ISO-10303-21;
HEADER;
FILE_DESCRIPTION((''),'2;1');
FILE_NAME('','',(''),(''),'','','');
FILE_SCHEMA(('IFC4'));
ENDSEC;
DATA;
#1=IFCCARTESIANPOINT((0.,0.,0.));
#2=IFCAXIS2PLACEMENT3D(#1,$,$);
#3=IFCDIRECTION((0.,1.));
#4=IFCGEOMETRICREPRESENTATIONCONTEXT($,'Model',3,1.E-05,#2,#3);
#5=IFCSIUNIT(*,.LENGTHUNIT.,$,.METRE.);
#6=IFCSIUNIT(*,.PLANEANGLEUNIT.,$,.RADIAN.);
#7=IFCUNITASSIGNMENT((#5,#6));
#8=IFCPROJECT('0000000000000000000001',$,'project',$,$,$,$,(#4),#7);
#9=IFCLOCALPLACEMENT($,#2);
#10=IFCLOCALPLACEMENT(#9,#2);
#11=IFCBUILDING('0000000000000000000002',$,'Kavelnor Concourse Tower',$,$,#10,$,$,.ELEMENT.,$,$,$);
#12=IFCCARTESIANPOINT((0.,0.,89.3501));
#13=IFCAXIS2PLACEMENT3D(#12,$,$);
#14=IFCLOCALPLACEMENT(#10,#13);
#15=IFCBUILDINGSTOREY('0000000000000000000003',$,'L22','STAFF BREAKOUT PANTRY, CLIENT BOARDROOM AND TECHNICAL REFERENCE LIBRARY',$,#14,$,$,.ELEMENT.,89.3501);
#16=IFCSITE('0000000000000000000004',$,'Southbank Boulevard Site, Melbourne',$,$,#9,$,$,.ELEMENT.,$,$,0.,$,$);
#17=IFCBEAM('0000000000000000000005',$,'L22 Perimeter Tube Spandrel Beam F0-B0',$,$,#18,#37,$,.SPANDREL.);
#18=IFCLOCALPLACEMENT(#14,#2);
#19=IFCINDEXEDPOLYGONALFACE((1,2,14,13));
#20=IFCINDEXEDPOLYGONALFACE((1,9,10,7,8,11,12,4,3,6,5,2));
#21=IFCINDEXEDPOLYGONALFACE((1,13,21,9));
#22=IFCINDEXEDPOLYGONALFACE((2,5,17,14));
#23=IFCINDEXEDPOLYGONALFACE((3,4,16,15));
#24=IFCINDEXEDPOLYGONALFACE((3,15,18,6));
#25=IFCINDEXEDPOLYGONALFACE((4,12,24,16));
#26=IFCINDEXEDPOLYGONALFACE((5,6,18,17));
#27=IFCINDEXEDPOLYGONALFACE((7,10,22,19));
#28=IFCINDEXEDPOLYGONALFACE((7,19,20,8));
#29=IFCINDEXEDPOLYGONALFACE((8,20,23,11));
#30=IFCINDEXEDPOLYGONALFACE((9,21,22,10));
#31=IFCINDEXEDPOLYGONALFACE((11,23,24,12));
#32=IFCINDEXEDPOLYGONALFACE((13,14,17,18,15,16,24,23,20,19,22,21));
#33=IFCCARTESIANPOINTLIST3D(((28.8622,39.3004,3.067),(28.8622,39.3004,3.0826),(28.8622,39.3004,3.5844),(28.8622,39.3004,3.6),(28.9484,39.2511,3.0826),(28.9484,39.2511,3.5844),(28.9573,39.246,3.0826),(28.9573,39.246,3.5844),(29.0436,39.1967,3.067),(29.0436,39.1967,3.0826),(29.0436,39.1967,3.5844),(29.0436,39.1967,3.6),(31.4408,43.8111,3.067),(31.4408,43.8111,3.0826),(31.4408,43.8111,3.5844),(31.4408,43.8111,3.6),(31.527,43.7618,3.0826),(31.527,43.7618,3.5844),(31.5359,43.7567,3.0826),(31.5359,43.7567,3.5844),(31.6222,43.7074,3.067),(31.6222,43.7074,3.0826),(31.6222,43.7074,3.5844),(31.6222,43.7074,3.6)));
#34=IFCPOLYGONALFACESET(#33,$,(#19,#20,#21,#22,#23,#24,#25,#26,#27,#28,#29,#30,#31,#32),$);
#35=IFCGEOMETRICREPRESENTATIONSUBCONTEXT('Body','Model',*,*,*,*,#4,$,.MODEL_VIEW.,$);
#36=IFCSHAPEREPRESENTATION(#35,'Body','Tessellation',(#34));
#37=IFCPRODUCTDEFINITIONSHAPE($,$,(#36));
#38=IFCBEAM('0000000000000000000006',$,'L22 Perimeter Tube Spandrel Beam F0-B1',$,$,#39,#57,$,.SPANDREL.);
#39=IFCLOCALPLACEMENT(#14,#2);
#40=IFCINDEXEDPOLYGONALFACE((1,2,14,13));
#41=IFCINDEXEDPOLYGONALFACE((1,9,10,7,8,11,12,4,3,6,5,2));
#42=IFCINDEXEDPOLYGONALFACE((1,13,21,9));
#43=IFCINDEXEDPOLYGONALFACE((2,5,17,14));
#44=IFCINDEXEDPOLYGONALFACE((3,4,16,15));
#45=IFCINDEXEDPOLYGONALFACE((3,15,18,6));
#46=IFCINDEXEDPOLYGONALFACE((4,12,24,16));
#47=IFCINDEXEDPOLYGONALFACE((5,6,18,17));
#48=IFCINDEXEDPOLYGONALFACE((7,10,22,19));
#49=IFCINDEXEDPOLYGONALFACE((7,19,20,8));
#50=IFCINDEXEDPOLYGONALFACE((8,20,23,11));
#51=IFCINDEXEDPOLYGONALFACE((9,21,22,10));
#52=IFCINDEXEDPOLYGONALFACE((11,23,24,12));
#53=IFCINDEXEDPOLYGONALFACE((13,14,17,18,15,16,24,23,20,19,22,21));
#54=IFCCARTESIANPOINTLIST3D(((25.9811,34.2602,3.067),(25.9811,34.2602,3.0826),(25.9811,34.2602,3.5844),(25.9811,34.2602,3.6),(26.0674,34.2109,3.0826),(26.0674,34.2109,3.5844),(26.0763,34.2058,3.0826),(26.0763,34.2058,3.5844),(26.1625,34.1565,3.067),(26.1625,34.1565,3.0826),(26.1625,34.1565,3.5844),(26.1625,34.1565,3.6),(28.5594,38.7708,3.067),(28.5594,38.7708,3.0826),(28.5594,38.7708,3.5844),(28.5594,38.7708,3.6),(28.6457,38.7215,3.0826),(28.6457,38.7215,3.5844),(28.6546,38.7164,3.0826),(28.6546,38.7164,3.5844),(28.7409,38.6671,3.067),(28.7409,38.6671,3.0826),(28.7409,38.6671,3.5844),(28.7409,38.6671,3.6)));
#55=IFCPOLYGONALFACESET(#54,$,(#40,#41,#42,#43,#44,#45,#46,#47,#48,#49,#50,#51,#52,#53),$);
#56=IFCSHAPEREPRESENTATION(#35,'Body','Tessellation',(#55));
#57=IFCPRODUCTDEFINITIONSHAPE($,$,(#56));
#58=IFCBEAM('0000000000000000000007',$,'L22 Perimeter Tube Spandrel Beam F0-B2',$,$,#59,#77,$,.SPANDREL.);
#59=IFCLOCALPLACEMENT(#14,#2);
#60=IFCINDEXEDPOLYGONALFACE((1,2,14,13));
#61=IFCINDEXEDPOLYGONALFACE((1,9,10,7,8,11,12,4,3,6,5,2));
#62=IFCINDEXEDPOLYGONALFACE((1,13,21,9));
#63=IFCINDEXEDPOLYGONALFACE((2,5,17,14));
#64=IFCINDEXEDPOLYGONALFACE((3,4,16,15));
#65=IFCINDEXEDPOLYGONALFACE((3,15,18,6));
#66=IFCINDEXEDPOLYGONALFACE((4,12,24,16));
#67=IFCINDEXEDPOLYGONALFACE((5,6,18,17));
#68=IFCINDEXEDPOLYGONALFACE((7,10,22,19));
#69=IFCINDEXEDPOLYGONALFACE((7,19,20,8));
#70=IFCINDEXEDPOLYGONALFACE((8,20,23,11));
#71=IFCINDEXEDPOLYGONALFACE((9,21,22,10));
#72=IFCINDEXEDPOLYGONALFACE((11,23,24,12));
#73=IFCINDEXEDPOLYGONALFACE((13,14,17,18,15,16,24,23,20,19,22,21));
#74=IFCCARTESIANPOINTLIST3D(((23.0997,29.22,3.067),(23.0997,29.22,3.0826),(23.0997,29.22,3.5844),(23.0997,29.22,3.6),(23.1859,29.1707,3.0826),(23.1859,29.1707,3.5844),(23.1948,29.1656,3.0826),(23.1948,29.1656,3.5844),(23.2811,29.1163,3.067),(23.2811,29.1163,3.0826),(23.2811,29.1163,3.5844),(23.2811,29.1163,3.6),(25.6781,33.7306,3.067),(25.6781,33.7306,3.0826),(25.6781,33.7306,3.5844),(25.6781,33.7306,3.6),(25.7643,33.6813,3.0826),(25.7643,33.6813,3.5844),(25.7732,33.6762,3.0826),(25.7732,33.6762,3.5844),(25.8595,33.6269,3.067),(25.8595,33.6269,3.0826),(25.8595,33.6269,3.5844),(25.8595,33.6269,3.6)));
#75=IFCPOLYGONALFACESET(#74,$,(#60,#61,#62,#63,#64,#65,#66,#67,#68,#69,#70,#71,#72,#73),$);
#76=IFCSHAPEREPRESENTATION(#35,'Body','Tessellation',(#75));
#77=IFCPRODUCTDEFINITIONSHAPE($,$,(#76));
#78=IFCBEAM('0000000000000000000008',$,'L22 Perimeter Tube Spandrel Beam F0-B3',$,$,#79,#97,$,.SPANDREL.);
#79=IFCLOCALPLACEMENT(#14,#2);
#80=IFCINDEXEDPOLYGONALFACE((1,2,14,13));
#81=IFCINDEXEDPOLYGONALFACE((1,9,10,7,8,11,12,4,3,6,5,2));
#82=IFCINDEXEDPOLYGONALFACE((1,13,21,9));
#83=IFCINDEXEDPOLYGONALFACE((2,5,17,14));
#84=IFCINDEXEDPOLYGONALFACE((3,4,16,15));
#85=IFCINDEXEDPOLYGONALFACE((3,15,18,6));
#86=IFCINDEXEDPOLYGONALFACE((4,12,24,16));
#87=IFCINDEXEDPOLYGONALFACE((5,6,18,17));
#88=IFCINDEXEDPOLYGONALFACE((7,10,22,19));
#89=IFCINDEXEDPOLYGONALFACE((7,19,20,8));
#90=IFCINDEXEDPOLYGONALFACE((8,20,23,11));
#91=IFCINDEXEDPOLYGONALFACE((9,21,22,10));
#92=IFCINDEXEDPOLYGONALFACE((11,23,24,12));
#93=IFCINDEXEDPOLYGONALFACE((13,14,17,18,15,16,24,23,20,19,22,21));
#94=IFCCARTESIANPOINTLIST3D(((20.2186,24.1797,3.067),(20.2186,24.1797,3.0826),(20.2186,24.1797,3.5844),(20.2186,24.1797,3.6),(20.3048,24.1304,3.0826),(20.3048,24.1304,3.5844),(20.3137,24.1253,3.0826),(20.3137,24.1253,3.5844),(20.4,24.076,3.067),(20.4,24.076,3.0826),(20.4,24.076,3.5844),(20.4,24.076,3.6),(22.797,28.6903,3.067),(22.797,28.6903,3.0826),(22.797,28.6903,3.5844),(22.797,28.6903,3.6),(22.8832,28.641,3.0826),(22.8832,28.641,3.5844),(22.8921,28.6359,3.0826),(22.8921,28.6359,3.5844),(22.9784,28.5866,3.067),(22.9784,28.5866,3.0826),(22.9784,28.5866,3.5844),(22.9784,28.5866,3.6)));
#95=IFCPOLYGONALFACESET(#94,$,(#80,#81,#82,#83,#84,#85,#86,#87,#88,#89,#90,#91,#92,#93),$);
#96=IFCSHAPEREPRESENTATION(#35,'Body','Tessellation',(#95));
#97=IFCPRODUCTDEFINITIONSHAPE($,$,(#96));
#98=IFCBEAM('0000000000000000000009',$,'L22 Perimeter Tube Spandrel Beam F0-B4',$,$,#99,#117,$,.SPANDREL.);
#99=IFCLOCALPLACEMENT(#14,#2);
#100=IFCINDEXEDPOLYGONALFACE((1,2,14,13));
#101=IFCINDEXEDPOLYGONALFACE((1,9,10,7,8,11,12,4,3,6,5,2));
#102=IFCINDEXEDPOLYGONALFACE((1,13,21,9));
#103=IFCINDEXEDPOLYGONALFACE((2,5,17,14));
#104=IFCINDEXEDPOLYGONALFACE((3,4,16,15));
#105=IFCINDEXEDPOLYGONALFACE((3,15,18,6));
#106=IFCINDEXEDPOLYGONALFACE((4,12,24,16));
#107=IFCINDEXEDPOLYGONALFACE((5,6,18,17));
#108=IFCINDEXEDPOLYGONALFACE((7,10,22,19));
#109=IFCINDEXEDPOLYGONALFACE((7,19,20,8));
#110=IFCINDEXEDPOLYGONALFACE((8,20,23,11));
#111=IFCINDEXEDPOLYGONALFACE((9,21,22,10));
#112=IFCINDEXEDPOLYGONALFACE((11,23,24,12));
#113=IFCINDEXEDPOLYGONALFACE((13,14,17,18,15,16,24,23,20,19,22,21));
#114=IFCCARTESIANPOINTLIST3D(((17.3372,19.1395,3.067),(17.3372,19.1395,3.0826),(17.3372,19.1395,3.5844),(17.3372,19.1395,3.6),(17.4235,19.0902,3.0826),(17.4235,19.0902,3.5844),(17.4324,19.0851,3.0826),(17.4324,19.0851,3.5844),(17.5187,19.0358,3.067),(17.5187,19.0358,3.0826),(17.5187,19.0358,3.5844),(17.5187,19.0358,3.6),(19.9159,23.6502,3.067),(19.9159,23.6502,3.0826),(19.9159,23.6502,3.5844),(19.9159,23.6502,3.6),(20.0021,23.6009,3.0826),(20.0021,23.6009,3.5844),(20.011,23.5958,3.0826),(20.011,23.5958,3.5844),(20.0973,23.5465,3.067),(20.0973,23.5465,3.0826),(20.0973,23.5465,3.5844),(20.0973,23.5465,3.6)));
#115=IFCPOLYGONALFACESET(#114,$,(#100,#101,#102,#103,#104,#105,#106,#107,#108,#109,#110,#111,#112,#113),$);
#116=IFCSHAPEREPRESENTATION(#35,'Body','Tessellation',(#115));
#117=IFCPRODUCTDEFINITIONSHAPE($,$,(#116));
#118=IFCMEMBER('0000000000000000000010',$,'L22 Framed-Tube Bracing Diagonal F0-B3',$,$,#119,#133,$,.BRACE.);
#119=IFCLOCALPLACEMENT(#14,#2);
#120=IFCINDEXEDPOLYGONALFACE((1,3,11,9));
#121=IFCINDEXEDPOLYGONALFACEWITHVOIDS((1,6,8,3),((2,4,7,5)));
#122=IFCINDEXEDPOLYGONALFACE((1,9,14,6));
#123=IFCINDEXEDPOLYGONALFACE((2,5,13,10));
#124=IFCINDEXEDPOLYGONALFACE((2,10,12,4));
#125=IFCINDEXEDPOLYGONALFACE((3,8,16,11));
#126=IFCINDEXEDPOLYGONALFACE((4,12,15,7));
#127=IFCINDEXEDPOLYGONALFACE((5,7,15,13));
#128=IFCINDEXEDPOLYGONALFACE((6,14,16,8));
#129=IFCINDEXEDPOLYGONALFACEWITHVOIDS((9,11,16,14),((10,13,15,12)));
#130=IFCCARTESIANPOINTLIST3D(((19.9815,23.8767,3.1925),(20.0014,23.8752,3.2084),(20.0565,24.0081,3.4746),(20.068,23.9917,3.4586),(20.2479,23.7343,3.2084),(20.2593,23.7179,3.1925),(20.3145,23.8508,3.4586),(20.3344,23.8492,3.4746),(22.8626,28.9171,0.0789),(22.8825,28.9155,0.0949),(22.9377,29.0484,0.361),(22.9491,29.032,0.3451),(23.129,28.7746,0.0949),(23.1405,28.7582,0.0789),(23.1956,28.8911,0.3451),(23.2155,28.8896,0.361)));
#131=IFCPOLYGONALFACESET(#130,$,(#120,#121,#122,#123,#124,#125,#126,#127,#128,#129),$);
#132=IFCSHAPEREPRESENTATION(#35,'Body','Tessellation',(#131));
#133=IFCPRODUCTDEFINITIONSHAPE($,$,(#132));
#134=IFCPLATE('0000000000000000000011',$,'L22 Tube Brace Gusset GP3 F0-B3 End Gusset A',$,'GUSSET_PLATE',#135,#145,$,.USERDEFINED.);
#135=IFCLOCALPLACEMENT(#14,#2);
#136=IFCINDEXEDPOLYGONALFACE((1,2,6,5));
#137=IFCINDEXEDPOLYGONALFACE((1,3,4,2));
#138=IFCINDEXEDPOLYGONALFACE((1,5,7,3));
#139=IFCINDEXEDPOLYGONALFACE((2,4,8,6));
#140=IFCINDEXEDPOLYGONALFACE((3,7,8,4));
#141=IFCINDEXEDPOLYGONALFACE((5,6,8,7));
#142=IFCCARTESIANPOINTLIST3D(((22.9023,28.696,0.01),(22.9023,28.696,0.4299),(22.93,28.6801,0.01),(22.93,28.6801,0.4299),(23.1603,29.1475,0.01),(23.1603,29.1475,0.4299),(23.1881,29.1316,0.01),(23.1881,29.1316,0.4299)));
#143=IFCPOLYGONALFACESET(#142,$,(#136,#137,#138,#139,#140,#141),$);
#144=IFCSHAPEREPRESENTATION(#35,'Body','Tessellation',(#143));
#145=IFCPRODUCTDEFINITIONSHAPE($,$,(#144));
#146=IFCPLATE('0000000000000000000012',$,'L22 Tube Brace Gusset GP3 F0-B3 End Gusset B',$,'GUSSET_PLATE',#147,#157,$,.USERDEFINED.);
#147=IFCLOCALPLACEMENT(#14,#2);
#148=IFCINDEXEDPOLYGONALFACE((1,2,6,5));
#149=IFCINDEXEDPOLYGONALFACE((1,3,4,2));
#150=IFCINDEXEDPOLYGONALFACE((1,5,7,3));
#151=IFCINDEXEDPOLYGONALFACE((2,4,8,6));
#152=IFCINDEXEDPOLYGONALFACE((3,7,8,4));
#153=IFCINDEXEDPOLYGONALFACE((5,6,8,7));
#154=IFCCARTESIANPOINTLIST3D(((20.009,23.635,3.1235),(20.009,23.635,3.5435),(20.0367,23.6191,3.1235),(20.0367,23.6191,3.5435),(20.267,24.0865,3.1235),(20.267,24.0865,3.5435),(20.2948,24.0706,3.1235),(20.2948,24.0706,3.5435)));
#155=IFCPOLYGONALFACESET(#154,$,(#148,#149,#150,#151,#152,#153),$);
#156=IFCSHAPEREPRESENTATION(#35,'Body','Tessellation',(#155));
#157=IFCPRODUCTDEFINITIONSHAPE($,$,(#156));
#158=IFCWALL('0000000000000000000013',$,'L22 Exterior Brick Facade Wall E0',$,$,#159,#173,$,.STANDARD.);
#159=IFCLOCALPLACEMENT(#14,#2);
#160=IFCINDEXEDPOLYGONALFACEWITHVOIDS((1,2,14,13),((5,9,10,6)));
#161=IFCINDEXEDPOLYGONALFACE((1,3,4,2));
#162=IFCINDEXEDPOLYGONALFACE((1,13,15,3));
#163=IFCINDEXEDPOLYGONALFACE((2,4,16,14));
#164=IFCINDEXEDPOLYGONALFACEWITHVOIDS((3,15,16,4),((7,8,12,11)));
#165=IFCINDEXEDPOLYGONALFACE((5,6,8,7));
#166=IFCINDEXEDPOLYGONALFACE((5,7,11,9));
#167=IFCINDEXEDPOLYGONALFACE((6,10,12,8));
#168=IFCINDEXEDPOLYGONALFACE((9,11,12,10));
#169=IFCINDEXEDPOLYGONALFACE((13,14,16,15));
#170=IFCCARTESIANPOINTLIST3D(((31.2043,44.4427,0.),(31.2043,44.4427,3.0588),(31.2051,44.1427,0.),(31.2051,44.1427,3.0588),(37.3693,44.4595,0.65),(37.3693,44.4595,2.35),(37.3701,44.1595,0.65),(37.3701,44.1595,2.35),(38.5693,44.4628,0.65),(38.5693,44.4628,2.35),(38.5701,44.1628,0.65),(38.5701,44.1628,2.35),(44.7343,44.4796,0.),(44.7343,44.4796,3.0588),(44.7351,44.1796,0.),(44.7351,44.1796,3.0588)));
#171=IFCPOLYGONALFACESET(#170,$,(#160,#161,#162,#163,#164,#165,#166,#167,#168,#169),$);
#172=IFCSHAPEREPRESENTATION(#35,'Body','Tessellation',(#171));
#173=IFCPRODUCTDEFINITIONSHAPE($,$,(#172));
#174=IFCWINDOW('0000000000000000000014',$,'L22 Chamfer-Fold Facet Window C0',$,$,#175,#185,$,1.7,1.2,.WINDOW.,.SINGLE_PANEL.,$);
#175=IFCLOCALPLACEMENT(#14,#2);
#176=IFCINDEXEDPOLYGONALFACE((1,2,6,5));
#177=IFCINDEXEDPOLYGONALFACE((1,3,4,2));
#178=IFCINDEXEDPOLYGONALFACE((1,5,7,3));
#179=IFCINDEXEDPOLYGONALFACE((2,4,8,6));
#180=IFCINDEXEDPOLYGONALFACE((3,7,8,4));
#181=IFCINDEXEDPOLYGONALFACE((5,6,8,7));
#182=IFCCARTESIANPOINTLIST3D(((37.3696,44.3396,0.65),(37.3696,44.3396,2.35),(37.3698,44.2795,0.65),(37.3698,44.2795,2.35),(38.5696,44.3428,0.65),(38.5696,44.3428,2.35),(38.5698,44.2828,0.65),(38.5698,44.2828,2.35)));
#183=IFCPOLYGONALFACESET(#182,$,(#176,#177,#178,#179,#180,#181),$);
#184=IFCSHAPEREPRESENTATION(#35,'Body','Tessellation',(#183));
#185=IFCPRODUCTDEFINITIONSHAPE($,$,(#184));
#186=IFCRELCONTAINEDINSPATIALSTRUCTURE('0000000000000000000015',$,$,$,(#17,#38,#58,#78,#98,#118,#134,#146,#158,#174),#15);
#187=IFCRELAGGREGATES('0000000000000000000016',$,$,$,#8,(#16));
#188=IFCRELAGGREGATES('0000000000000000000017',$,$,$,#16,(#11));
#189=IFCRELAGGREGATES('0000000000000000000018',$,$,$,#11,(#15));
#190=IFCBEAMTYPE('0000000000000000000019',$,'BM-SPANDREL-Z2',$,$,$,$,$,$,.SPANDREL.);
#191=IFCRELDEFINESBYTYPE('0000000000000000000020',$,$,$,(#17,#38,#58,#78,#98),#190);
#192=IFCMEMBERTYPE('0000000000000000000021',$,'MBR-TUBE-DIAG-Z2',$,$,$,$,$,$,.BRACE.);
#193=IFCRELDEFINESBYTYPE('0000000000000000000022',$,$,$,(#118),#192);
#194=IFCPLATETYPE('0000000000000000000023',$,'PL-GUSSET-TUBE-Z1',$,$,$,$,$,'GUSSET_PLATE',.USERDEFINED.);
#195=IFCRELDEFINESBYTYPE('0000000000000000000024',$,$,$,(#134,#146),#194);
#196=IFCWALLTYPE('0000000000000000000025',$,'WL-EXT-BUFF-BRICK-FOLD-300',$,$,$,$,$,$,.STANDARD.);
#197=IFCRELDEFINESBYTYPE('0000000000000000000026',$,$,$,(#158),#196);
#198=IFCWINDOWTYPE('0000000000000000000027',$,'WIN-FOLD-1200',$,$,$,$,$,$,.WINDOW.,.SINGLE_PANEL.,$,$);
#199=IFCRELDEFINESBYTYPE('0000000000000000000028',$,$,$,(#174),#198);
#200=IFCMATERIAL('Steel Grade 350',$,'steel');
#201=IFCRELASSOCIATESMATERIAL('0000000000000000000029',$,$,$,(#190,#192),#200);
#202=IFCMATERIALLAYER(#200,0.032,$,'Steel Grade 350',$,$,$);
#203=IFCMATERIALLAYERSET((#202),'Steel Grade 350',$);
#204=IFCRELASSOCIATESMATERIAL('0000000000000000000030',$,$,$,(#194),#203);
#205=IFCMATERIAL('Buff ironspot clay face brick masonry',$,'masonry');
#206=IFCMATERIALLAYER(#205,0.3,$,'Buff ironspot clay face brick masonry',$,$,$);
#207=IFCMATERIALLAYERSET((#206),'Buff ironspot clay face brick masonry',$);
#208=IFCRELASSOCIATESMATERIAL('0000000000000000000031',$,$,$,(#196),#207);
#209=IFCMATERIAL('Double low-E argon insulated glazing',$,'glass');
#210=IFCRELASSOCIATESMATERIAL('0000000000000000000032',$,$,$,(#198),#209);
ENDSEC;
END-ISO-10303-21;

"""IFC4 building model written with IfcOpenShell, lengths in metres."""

from ifc_helpers import new_model, si_unit, direction, frame, frame_2d, origin, origin_2d, place, context, subcontext, project, spatial, rectangle, hollow_rectangle, i_section, extrude, material, layer, layer_set, material_profile, profile_set, type_object, element, fill, save


model = new_model("IFC4")

# Units and contexts
model_context = context("Model", 3, precision=1e-05, world=origin(), true_north=direction((0.0, 1.0)))
body_context = subcontext(model_context, "Body", "Model", "MODEL_VIEW")
ifc_project = project(units=[si_unit("LENGTHUNIT", "METRE"), si_unit("PLANEANGLEUNIT", "RADIAN")], contexts=[model_context])

# Site, building, storey
site_placement = place(None, origin())
site = spatial("IfcSite", under=ifc_project, at=site_placement, Name="Southbank Boulevard Site, Melbourne", CompositionType="ELEMENT", RefElevation=0.0)
building_placement = place(site_placement, origin())
building = spatial("IfcBuilding", under=site, at=building_placement, Name="Kavelnor Concourse Tower", CompositionType="ELEMENT")
storey_placement = place(building_placement, frame((0.0, 0.0, 89.3501)))
storey = spatial("IfcBuildingStorey", under=building, at=storey_placement, Name="L22", Description="STAFF BREAKOUT PANTRY, CLIENT BOARDROOM AND TECHNICAL REFERENCE LIBRARY", CompositionType="ELEMENT", Elevation=89.3501)

# Shared definitions
ifc_material_1 = material(Name="Steel Grade 350", Category="steel")

# Beams
ifc_material_profile_1 = material_profile(ifc_material_1, i_section(OverallWidth=0.209, OverallDepth=0.533, WebThickness=0.0103, FlangeThickness=0.0156, at=origin_2d()), Name="530UB92")
ifc_profile_set_1 = profile_set([ifc_material_profile_1], Name="Steel Grade 350")
beam_type_1 = type_object("IfcBeamType", Name="BM-SPANDREL-Z2", PredefinedType="SPANDREL", material=ifc_profile_set_1)
beam_1_placement = place(storey_placement, frame((31.5315, 43.7593, 3.3335), z_axis=(-0.496291, -0.868156, 0.0), x_axis=(0.868156, -0.496291, 0.0)))
element("IfcBeam", 1, at=beam_1_placement, inside=storey, type_object=beam_type_1, Name="L22 Perimeter Tube Spandrel Beam F0-B0", PredefinedType="SPANDREL", context=body_context, shape_type="SweptSolid", body=[
    extrude(i_section(OverallWidth=0.209, OverallDepth=0.533, WebThickness=0.0103, FlangeThickness=0.0156, at=origin_2d()), origin(), (0.0, 0.0, 1.0), 5.1958),
])
for number, where, z_axis, x_axis, name in (
    (2, (28.6501, 38.719, 3.3335), (-0.496255, -0.868177, 0.0), (0.868177, -0.496255, 0.0), "L22 Perimeter Tube Spandrel Beam F0-B1"),
    (3, (25.7688, 33.6787, 3.3335), (-0.496276, -0.868165, 0.0), (0.868165, -0.496276, 0.0), "L22 Perimeter Tube Spandrel Beam F0-B2"),
    (4, (22.8877, 28.6384, 3.3335), (-0.496276, -0.868165, 0.0), (0.868165, -0.496276, 0.0), "L22 Perimeter Tube Spandrel Beam F0-B3"),
):
    element("IfcBeam", number, at=place(storey_placement, frame(where, z_axis=z_axis, x_axis=x_axis)), inside=storey, type_object=beam_type_1, Name=name, PredefinedType="SPANDREL", context=body_context, shape_type="SweptSolid", body=[
        extrude(i_section(OverallWidth=0.209, OverallDepth=0.533, WebThickness=0.0103, FlangeThickness=0.0156, at=origin_2d()), origin(), (0.0, 0.0, 1.0), 5.1956),
    ])
beam_2_placement = place(storey_placement, frame((20.0066, 23.5984, 3.3335), z_axis=(-0.496291, -0.868156, 0.0), x_axis=(0.868156, -0.496291, 0.0)))
element("IfcBeam", 5, at=beam_2_placement, inside=storey, type_object=beam_type_1, Name="L22 Perimeter Tube Spandrel Beam F0-B4", PredefinedType="SPANDREL", context=body_context, shape_type="SweptSolid", body=[
    extrude(i_section(OverallWidth=0.209, OverallDepth=0.533, WebThickness=0.0103, FlangeThickness=0.0156, at=origin_2d()), origin(), (0.0, 0.0, 1.0), 5.1958),
])

# Member
ifc_material_profile_2 = material_profile(ifc_material_1, hollow_rectangle(XDim=0.3201, YDim=0.3201, WallThickness=0.0181, at=origin_2d()), Name="SHS 320x320x18")
ifc_profile_set_2 = profile_set([ifc_material_profile_2], Name="Steel Grade 350")
member_type = type_object("IfcMemberType", Name="MBR-TUBE-DIAG-Z2", PredefinedType="BRACE", material=ifc_profile_set_2)
member_placement = place(storey_placement, frame((23.0391, 28.9033, 0.22), z_axis=(-0.437339, -0.765092, 0.472619), x_axis=(0.868173, -0.496261, 0.0)))
element("IfcMember", 6, at=member_placement, inside=storey, type_object=member_type, Name="L22 Framed-Tube Bracing Diagonal F0-B3", PredefinedType="BRACE", context=body_context, shape_type="SweptSolid", body=[
    extrude(hollow_rectangle(XDim=0.3201, YDim=0.3201, WallThickness=0.0181, at=origin_2d()), origin(), (0.0, 0.0, 1.0), 6.5879),
])

# Plates
ifc_layer_1 = layer(ifc_material_1, 0.032, Name="Steel Grade 350")
ifc_layer_set_1 = layer_set([ifc_layer_1], Name="Steel Grade 350")
plate_type = type_object("IfcPlateType", Name="PL-GUSSET-TUBE-Z1", ElementType="GUSSET_PLATE", PredefinedType="USERDEFINED", material=ifc_layer_set_1)
for number, where, z_axis, x_axis, name in (
    (7, (23.0452, 28.9138, 0.01), (0.0, 0.0, 1.0), (-0.496217, -0.868199, 0.0), "L22 Tube Brace Gusset GP3 F0-B3 End Gusset A"),
    (8, (20.1519, 23.8528, 3.1235), (0.0, 0.0, 1.0), (-0.496217, -0.868199, 0.0), "L22 Tube Brace Gusset GP3 F0-B3 End Gusset B"),
):
    element("IfcPlate", number, at=place(storey_placement, frame(where, z_axis=z_axis, x_axis=x_axis)), inside=storey, type_object=plate_type, Name=name, ObjectType="GUSSET_PLATE", PredefinedType="USERDEFINED", context=body_context, shape_type="SweptSolid", body=[
        extrude(rectangle(XDim=0.52, YDim=0.032, at=origin_2d()), origin(), (0.0, 0.0, 1.0), 0.4199),
    ])

# Wall, opening, window
ifc_material_2 = material(Name="Buff ironspot clay face brick masonry", Category="masonry")
ifc_layer_2 = layer(ifc_material_2, 0.3, Name="Buff ironspot clay face brick masonry")
ifc_layer_set_2 = layer_set([ifc_layer_2], Name="Buff ironspot clay face brick masonry")
wall_type_1 = type_object("IfcWallType", Name="WL-EXT-BUFF-BRICK-FOLD-300", PredefinedType="STANDARD", material=ifc_layer_set_2)
wall_1_placement = place(storey_placement, frame((31.2046, 44.2927, 0.0), z_axis=(0.0, 0.0, 1.0), x_axis=(0.999996, 0.002725, 0.0)))
wall_1 = element("IfcWall", 9, at=wall_1_placement, inside=storey, type_object=wall_type_1, Name="L22 Exterior Brick Facade Wall E0", PredefinedType="STANDARD", context=body_context, shape_type="SweptSolid", body=[
    extrude(rectangle(XDim=13.53, YDim=0.3, at=frame_2d((6.7651, 0.0))), origin(), (0.0, 0.0, 1.0), 3.0588),
])
opening_1_placement = place(wall_1_placement, frame((6.165, 0.0, 0.6499)))
opening_1 = element("IfcOpeningElement", 10, at=opening_1_placement, cuts=wall_1, PredefinedType="OPENING", context=body_context, shape_type="SweptSolid", body=[
    extrude(rectangle(XDim=1.2, YDim=1.7, at=frame_2d((0.6001, 0.8501))), frame((0.0, 0.1602, 0.0), z_axis=(0.0, -1.0, 0.0), x_axis=(1.0, 0.0, 0.0)), (0.0, 0.0, 1.0), 0.3201),
])
ifc_material_3 = material(Name="Double low-E argon insulated glazing", Category="glass")
window_type = type_object("IfcWindowType", Name="WIN-FOLD-1200", PartitioningType="SINGLE_PANEL", PredefinedType="WINDOW", material=ifc_material_3)
window_placement = place(opening_1_placement, origin())
window = element("IfcWindow", 11, at=window_placement, inside=storey, type_object=window_type, Name="L22 Chamfer-Fold Facet Window C0", OverallHeight=1.7, OverallWidth=1.2, PartitioningType="SINGLE_PANEL", PredefinedType="WINDOW", context=body_context, shape_type="SweptSolid", body=[
    extrude(rectangle(XDim=1.2, YDim=1.7, at=frame_2d((0.6001, 0.8501))), frame((0.0, 0.03, 0.0), z_axis=(0.0, -1.0, 0.0), x_axis=(1.0, 0.0, 0.0)), (0.0, 0.0, 1.0), 0.0601),
])
fill(opening_1, window)

save(model, "model.ifc")
